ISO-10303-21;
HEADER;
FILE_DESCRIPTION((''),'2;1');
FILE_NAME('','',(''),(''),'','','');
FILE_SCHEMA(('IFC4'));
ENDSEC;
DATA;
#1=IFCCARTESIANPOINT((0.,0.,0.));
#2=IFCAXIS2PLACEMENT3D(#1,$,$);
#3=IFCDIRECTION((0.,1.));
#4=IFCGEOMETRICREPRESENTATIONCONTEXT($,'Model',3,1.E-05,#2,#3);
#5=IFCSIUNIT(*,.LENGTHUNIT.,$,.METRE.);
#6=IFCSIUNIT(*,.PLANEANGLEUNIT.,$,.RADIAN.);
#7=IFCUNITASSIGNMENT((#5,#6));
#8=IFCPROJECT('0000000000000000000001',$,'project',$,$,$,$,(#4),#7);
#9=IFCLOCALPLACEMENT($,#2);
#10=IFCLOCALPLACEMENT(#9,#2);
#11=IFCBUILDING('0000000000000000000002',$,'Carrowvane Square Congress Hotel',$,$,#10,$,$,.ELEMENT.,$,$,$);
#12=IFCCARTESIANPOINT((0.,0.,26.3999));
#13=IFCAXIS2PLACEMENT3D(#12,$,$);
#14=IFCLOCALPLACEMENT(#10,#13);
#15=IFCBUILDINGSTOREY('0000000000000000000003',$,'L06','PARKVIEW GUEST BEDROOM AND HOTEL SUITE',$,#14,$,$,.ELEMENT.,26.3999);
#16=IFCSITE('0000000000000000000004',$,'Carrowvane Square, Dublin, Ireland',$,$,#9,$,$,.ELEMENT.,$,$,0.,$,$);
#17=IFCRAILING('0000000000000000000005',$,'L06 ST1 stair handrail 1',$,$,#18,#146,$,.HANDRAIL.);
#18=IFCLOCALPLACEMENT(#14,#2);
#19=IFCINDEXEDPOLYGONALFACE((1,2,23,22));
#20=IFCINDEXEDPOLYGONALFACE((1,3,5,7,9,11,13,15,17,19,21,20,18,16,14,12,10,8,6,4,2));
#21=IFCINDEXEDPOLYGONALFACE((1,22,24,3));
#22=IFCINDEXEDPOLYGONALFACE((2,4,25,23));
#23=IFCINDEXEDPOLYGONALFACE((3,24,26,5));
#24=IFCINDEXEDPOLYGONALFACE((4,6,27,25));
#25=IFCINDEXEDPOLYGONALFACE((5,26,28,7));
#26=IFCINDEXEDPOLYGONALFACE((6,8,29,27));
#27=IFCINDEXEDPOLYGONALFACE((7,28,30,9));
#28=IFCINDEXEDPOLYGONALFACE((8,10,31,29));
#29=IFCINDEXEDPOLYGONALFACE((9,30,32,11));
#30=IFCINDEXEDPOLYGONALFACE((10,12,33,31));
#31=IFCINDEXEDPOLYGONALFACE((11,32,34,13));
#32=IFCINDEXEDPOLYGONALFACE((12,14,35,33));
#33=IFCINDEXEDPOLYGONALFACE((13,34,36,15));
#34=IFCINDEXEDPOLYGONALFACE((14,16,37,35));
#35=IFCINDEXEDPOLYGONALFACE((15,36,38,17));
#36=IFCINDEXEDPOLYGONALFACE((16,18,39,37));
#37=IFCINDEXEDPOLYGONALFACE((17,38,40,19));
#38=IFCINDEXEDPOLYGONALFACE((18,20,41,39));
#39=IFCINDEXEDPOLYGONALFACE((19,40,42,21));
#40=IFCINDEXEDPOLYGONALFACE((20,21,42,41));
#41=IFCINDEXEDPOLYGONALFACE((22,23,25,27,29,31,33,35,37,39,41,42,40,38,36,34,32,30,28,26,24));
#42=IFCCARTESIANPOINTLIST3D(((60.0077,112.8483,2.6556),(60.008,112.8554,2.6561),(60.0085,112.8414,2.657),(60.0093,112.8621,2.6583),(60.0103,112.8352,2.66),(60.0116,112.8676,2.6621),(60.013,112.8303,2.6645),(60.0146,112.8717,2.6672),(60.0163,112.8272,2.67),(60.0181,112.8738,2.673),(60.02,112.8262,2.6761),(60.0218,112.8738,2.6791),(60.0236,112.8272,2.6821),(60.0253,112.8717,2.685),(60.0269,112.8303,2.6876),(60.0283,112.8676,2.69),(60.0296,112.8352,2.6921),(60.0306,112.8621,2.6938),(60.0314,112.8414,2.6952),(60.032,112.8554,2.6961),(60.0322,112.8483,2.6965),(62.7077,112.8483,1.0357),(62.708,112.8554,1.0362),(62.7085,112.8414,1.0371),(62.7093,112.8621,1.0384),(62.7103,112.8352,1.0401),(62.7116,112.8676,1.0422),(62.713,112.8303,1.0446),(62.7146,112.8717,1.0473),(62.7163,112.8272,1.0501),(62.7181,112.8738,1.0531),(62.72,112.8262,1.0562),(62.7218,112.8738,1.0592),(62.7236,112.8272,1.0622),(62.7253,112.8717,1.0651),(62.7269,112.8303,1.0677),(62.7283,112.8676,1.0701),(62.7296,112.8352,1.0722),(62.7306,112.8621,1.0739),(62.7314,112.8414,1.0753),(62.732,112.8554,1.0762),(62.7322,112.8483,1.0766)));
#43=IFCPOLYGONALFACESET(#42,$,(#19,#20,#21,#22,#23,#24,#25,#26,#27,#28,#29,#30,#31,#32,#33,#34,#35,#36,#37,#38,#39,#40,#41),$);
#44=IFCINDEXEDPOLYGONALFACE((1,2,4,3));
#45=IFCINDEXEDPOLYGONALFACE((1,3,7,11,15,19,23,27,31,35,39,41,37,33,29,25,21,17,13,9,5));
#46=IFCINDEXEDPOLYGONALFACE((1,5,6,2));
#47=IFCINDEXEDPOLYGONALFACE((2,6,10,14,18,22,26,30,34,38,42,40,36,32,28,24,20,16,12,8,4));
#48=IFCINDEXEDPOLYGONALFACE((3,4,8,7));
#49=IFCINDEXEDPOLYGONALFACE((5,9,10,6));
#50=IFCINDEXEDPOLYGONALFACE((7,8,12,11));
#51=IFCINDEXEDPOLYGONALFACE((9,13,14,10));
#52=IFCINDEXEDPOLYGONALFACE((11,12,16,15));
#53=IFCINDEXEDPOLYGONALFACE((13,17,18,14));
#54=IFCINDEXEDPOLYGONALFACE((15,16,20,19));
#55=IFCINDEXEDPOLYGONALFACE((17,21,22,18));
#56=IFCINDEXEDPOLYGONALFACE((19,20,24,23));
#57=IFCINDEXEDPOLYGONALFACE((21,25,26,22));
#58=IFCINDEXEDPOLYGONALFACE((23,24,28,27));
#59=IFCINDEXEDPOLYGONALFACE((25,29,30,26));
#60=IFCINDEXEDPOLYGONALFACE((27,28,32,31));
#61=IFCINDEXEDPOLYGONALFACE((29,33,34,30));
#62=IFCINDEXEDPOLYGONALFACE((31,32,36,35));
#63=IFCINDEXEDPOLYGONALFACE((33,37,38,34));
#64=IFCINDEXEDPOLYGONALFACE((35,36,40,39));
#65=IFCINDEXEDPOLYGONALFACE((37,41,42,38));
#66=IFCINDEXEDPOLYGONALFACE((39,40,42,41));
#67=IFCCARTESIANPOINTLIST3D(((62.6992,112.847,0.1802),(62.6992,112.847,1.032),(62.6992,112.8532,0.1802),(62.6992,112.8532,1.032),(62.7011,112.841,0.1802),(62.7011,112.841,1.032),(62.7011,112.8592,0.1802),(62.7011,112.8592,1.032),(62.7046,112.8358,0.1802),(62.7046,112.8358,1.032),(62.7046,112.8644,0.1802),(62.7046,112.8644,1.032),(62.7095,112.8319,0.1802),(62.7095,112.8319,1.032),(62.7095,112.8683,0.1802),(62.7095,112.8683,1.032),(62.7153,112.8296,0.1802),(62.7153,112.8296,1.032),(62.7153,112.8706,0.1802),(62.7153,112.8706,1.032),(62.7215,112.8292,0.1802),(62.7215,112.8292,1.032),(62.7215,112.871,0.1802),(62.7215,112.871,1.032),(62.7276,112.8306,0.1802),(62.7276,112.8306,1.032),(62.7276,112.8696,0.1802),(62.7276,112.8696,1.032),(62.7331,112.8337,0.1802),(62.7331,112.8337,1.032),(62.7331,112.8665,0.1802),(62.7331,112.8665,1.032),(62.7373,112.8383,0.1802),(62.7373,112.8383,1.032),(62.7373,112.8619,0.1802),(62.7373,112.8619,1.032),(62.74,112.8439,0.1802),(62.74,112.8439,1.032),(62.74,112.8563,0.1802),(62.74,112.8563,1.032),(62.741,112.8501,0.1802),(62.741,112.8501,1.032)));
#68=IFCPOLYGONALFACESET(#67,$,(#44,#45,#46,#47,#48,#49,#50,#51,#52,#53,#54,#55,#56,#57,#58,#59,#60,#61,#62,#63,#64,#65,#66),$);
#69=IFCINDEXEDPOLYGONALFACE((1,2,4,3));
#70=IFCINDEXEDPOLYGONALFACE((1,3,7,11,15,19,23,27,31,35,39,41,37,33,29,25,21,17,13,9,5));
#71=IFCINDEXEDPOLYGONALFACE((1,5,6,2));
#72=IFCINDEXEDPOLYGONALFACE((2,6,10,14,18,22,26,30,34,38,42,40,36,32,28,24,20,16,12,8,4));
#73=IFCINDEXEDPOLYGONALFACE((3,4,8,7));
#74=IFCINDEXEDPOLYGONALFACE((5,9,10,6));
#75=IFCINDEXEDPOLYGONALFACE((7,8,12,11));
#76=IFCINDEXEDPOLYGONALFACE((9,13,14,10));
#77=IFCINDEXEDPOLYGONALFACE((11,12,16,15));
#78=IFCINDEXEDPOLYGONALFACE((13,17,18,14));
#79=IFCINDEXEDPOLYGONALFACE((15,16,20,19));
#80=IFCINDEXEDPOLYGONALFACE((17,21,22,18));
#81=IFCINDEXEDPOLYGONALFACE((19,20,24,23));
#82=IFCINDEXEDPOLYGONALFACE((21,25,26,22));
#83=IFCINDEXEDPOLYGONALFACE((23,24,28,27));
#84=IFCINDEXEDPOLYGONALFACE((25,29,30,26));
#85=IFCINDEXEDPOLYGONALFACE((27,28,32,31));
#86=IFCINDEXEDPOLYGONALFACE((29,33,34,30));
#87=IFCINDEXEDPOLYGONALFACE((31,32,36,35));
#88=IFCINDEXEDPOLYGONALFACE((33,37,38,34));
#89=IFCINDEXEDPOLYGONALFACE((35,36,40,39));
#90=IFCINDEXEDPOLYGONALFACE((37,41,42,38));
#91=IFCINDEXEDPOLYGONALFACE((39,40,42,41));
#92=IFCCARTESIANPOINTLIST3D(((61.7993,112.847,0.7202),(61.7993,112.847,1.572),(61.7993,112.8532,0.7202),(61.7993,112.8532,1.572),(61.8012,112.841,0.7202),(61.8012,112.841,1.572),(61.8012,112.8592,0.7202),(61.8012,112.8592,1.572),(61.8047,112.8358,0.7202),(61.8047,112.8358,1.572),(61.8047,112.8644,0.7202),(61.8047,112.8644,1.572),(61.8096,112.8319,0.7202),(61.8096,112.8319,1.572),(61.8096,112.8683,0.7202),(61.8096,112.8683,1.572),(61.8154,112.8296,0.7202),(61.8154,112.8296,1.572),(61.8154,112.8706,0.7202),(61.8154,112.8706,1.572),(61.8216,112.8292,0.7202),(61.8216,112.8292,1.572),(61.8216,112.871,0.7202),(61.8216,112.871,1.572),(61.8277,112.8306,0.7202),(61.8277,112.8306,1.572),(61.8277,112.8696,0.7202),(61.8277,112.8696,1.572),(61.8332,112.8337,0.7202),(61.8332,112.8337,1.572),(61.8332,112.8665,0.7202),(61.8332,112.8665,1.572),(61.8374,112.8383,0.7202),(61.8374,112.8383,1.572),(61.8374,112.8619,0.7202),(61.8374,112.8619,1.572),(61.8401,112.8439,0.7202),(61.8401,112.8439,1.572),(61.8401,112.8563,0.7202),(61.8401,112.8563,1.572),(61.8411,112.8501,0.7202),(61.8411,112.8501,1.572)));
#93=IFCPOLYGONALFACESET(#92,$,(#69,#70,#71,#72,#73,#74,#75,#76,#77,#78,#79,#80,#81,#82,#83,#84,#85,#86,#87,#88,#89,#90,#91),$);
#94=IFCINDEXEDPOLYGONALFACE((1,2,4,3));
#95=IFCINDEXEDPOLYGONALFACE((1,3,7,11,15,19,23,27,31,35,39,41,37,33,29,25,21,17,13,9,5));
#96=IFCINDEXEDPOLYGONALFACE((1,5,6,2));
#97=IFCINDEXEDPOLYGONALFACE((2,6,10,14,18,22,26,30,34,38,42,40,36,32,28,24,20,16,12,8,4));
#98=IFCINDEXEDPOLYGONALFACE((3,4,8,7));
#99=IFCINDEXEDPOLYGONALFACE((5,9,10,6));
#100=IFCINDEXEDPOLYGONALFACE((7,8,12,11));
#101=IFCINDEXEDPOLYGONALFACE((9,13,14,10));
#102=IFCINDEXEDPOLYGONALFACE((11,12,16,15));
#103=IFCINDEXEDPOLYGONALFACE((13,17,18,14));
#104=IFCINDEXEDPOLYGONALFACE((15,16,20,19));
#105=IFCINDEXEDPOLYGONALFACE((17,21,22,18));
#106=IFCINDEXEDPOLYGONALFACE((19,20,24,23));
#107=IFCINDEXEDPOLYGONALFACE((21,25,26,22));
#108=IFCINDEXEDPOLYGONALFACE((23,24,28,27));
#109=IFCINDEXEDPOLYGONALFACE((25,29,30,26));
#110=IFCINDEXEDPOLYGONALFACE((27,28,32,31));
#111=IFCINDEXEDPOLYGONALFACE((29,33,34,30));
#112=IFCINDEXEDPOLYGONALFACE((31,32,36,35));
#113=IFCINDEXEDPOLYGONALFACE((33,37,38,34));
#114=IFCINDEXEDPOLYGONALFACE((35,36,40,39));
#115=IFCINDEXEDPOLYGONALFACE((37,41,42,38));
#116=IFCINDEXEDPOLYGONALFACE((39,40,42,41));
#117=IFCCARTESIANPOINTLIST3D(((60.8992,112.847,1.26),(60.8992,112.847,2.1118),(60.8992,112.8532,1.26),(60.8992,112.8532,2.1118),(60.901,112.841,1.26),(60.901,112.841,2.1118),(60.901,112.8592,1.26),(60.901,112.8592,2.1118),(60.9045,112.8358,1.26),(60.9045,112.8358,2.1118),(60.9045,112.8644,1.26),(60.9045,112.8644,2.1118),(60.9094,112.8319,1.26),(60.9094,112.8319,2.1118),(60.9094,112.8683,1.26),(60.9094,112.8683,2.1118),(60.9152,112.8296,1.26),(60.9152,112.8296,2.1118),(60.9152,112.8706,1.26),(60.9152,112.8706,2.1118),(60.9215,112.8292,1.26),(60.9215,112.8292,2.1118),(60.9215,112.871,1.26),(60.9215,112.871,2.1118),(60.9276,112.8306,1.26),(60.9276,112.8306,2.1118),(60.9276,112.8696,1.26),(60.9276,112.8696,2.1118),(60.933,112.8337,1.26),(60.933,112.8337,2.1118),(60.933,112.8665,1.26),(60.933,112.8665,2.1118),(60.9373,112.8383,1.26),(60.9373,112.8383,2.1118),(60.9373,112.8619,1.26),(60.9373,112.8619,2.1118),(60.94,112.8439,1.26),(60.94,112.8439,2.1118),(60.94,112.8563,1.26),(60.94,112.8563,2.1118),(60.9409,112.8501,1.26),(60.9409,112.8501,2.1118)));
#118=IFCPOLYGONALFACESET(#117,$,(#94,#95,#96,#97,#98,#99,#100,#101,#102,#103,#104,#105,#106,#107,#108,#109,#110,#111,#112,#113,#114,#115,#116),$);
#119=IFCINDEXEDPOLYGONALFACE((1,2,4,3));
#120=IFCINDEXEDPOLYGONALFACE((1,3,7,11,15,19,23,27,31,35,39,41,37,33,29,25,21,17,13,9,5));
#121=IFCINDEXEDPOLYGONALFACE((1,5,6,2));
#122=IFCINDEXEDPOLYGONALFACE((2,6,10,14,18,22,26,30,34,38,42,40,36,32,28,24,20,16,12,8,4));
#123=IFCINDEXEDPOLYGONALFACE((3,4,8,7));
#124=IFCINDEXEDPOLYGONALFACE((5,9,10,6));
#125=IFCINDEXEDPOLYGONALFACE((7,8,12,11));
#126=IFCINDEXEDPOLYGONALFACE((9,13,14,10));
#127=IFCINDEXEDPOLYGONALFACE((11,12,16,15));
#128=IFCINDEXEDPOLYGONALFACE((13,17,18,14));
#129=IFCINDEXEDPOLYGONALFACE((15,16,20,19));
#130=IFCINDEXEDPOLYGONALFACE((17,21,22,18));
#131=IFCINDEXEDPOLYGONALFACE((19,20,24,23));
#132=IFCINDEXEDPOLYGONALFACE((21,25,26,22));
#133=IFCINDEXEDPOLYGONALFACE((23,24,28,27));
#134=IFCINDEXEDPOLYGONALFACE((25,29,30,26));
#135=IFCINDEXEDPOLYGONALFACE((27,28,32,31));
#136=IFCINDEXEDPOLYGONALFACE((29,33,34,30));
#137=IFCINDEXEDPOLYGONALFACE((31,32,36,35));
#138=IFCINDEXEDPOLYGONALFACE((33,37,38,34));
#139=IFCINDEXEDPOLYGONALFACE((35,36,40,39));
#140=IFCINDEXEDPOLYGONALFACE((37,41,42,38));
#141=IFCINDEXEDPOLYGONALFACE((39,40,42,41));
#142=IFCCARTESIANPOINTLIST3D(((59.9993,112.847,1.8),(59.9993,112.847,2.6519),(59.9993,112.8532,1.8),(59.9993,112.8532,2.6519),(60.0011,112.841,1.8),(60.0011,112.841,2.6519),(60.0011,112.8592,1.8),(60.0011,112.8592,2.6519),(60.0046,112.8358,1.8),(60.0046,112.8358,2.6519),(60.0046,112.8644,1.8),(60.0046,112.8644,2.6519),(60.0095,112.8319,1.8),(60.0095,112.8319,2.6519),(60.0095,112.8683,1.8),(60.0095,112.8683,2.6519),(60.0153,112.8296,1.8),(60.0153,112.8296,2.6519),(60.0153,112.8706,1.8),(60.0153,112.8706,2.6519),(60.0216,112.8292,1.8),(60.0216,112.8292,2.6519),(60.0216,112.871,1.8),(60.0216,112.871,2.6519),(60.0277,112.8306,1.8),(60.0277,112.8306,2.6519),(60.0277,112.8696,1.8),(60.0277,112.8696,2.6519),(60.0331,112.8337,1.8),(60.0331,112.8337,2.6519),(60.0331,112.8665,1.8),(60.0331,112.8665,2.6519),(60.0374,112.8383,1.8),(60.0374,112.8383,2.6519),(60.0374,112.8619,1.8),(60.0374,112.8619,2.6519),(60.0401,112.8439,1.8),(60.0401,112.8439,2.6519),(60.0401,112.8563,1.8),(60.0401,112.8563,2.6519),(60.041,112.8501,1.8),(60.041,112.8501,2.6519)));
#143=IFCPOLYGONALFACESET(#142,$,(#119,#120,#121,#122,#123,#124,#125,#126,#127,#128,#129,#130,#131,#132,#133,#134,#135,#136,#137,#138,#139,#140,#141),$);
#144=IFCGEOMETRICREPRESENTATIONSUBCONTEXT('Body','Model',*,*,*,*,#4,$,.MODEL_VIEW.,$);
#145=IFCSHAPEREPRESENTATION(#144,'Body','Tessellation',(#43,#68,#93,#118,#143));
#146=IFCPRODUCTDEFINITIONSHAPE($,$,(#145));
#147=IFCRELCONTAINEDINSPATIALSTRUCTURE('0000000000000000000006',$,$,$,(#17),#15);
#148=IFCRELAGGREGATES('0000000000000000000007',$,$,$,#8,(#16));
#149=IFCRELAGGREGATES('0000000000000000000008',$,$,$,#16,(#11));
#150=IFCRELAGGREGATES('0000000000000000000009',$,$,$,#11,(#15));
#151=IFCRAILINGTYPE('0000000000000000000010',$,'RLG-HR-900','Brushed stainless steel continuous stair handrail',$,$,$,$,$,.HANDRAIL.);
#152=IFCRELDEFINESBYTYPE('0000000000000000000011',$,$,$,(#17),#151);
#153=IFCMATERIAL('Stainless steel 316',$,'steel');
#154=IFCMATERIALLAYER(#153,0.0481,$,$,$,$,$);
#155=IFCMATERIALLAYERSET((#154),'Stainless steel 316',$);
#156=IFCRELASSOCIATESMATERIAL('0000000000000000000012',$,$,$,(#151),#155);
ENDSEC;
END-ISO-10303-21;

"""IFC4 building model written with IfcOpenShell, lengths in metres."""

from ifc_helpers import new_model, si_unit, direction, frame, origin, origin_2d, place, context, subcontext, project, spatial, circle, extrude, material, layer, layer_set, type_object, element, save


model = new_model("IFC4")

# Units and contexts
model_context = context("Model", 3, precision=1e-05, world=origin(), true_north=direction((0.0, 1.0)))
body_context = subcontext(model_context, "Body", "Model", "MODEL_VIEW")
ifc_project = project(units=[si_unit("LENGTHUNIT", "METRE"), si_unit("PLANEANGLEUNIT", "RADIAN")], contexts=[model_context])

# Site, building, storey
site_placement = place(None, origin())
site = spatial("IfcSite", under=ifc_project, at=site_placement, Name="Carrowvane Square, Dublin, Ireland", CompositionType="ELEMENT", RefElevation=0.0)
building_placement = place(site_placement, origin())
building = spatial("IfcBuilding", under=site, at=building_placement, Name="Carrowvane Square Congress Hotel", CompositionType="ELEMENT")
storey_placement = place(building_placement, frame((0.0, 0.0, 26.3999)))
storey = spatial("IfcBuildingStorey", under=building, at=storey_placement, Name="L06", Description="PARKVIEW GUEST BEDROOM AND HOTEL SUITE", CompositionType="ELEMENT", Elevation=26.3999)

# Railing
ifc_material_1 = material(Name="Stainless steel 316", Category="steel")
ifc_layer_1 = layer(ifc_material_1, 0.0481)
ifc_layer_set_1 = layer_set([ifc_layer_1], Name="Stainless steel 316")
railing_type_1 = type_object("IfcRailingType", Name="RLG-HR-900", Description="Brushed stainless steel continuous stair handrail", PredefinedType="HANDRAIL", material=ifc_layer_set_1)
railing_1_placement = place(storey_placement, frame((62.72, 112.8501, 0.1802)))
element("IfcRailing", 1, at=railing_1_placement, inside=storey, type_object=railing_type_1, Name="L06 ST1 stair handrail 1", PredefinedType="HANDRAIL", context=body_context, shape_type="SweptSolid", body=[
    extrude(circle(Radius=0.0239, at=origin_2d()), frame((0.0, 0.0, 0.876), z_axis=(-0.857507, 0.0, 0.514473), x_axis=(0.0, -1.0, 0.0)), (0.0, 0.0, 1.0), 3.1487),
    extrude(circle(Radius=0.021, at=origin_2d()), origin(), (0.0, 0.0, 1.0), 0.8518),
    extrude(circle(Radius=0.021, at=origin_2d()), frame((-0.8999, 0.0, 0.54)), (0.0, 0.0, 1.0), 0.8518),
    extrude(circle(Radius=0.021, at=origin_2d()), frame((-1.8, 0.0, 1.0798)), (0.0, 0.0, 1.0), 0.8518),
    extrude(circle(Radius=0.021, at=origin_2d()), frame((-2.7, 0.0, 1.6199)), (0.0, 0.0, 1.0), 0.8518),
])

save(model, "model.ifc")
